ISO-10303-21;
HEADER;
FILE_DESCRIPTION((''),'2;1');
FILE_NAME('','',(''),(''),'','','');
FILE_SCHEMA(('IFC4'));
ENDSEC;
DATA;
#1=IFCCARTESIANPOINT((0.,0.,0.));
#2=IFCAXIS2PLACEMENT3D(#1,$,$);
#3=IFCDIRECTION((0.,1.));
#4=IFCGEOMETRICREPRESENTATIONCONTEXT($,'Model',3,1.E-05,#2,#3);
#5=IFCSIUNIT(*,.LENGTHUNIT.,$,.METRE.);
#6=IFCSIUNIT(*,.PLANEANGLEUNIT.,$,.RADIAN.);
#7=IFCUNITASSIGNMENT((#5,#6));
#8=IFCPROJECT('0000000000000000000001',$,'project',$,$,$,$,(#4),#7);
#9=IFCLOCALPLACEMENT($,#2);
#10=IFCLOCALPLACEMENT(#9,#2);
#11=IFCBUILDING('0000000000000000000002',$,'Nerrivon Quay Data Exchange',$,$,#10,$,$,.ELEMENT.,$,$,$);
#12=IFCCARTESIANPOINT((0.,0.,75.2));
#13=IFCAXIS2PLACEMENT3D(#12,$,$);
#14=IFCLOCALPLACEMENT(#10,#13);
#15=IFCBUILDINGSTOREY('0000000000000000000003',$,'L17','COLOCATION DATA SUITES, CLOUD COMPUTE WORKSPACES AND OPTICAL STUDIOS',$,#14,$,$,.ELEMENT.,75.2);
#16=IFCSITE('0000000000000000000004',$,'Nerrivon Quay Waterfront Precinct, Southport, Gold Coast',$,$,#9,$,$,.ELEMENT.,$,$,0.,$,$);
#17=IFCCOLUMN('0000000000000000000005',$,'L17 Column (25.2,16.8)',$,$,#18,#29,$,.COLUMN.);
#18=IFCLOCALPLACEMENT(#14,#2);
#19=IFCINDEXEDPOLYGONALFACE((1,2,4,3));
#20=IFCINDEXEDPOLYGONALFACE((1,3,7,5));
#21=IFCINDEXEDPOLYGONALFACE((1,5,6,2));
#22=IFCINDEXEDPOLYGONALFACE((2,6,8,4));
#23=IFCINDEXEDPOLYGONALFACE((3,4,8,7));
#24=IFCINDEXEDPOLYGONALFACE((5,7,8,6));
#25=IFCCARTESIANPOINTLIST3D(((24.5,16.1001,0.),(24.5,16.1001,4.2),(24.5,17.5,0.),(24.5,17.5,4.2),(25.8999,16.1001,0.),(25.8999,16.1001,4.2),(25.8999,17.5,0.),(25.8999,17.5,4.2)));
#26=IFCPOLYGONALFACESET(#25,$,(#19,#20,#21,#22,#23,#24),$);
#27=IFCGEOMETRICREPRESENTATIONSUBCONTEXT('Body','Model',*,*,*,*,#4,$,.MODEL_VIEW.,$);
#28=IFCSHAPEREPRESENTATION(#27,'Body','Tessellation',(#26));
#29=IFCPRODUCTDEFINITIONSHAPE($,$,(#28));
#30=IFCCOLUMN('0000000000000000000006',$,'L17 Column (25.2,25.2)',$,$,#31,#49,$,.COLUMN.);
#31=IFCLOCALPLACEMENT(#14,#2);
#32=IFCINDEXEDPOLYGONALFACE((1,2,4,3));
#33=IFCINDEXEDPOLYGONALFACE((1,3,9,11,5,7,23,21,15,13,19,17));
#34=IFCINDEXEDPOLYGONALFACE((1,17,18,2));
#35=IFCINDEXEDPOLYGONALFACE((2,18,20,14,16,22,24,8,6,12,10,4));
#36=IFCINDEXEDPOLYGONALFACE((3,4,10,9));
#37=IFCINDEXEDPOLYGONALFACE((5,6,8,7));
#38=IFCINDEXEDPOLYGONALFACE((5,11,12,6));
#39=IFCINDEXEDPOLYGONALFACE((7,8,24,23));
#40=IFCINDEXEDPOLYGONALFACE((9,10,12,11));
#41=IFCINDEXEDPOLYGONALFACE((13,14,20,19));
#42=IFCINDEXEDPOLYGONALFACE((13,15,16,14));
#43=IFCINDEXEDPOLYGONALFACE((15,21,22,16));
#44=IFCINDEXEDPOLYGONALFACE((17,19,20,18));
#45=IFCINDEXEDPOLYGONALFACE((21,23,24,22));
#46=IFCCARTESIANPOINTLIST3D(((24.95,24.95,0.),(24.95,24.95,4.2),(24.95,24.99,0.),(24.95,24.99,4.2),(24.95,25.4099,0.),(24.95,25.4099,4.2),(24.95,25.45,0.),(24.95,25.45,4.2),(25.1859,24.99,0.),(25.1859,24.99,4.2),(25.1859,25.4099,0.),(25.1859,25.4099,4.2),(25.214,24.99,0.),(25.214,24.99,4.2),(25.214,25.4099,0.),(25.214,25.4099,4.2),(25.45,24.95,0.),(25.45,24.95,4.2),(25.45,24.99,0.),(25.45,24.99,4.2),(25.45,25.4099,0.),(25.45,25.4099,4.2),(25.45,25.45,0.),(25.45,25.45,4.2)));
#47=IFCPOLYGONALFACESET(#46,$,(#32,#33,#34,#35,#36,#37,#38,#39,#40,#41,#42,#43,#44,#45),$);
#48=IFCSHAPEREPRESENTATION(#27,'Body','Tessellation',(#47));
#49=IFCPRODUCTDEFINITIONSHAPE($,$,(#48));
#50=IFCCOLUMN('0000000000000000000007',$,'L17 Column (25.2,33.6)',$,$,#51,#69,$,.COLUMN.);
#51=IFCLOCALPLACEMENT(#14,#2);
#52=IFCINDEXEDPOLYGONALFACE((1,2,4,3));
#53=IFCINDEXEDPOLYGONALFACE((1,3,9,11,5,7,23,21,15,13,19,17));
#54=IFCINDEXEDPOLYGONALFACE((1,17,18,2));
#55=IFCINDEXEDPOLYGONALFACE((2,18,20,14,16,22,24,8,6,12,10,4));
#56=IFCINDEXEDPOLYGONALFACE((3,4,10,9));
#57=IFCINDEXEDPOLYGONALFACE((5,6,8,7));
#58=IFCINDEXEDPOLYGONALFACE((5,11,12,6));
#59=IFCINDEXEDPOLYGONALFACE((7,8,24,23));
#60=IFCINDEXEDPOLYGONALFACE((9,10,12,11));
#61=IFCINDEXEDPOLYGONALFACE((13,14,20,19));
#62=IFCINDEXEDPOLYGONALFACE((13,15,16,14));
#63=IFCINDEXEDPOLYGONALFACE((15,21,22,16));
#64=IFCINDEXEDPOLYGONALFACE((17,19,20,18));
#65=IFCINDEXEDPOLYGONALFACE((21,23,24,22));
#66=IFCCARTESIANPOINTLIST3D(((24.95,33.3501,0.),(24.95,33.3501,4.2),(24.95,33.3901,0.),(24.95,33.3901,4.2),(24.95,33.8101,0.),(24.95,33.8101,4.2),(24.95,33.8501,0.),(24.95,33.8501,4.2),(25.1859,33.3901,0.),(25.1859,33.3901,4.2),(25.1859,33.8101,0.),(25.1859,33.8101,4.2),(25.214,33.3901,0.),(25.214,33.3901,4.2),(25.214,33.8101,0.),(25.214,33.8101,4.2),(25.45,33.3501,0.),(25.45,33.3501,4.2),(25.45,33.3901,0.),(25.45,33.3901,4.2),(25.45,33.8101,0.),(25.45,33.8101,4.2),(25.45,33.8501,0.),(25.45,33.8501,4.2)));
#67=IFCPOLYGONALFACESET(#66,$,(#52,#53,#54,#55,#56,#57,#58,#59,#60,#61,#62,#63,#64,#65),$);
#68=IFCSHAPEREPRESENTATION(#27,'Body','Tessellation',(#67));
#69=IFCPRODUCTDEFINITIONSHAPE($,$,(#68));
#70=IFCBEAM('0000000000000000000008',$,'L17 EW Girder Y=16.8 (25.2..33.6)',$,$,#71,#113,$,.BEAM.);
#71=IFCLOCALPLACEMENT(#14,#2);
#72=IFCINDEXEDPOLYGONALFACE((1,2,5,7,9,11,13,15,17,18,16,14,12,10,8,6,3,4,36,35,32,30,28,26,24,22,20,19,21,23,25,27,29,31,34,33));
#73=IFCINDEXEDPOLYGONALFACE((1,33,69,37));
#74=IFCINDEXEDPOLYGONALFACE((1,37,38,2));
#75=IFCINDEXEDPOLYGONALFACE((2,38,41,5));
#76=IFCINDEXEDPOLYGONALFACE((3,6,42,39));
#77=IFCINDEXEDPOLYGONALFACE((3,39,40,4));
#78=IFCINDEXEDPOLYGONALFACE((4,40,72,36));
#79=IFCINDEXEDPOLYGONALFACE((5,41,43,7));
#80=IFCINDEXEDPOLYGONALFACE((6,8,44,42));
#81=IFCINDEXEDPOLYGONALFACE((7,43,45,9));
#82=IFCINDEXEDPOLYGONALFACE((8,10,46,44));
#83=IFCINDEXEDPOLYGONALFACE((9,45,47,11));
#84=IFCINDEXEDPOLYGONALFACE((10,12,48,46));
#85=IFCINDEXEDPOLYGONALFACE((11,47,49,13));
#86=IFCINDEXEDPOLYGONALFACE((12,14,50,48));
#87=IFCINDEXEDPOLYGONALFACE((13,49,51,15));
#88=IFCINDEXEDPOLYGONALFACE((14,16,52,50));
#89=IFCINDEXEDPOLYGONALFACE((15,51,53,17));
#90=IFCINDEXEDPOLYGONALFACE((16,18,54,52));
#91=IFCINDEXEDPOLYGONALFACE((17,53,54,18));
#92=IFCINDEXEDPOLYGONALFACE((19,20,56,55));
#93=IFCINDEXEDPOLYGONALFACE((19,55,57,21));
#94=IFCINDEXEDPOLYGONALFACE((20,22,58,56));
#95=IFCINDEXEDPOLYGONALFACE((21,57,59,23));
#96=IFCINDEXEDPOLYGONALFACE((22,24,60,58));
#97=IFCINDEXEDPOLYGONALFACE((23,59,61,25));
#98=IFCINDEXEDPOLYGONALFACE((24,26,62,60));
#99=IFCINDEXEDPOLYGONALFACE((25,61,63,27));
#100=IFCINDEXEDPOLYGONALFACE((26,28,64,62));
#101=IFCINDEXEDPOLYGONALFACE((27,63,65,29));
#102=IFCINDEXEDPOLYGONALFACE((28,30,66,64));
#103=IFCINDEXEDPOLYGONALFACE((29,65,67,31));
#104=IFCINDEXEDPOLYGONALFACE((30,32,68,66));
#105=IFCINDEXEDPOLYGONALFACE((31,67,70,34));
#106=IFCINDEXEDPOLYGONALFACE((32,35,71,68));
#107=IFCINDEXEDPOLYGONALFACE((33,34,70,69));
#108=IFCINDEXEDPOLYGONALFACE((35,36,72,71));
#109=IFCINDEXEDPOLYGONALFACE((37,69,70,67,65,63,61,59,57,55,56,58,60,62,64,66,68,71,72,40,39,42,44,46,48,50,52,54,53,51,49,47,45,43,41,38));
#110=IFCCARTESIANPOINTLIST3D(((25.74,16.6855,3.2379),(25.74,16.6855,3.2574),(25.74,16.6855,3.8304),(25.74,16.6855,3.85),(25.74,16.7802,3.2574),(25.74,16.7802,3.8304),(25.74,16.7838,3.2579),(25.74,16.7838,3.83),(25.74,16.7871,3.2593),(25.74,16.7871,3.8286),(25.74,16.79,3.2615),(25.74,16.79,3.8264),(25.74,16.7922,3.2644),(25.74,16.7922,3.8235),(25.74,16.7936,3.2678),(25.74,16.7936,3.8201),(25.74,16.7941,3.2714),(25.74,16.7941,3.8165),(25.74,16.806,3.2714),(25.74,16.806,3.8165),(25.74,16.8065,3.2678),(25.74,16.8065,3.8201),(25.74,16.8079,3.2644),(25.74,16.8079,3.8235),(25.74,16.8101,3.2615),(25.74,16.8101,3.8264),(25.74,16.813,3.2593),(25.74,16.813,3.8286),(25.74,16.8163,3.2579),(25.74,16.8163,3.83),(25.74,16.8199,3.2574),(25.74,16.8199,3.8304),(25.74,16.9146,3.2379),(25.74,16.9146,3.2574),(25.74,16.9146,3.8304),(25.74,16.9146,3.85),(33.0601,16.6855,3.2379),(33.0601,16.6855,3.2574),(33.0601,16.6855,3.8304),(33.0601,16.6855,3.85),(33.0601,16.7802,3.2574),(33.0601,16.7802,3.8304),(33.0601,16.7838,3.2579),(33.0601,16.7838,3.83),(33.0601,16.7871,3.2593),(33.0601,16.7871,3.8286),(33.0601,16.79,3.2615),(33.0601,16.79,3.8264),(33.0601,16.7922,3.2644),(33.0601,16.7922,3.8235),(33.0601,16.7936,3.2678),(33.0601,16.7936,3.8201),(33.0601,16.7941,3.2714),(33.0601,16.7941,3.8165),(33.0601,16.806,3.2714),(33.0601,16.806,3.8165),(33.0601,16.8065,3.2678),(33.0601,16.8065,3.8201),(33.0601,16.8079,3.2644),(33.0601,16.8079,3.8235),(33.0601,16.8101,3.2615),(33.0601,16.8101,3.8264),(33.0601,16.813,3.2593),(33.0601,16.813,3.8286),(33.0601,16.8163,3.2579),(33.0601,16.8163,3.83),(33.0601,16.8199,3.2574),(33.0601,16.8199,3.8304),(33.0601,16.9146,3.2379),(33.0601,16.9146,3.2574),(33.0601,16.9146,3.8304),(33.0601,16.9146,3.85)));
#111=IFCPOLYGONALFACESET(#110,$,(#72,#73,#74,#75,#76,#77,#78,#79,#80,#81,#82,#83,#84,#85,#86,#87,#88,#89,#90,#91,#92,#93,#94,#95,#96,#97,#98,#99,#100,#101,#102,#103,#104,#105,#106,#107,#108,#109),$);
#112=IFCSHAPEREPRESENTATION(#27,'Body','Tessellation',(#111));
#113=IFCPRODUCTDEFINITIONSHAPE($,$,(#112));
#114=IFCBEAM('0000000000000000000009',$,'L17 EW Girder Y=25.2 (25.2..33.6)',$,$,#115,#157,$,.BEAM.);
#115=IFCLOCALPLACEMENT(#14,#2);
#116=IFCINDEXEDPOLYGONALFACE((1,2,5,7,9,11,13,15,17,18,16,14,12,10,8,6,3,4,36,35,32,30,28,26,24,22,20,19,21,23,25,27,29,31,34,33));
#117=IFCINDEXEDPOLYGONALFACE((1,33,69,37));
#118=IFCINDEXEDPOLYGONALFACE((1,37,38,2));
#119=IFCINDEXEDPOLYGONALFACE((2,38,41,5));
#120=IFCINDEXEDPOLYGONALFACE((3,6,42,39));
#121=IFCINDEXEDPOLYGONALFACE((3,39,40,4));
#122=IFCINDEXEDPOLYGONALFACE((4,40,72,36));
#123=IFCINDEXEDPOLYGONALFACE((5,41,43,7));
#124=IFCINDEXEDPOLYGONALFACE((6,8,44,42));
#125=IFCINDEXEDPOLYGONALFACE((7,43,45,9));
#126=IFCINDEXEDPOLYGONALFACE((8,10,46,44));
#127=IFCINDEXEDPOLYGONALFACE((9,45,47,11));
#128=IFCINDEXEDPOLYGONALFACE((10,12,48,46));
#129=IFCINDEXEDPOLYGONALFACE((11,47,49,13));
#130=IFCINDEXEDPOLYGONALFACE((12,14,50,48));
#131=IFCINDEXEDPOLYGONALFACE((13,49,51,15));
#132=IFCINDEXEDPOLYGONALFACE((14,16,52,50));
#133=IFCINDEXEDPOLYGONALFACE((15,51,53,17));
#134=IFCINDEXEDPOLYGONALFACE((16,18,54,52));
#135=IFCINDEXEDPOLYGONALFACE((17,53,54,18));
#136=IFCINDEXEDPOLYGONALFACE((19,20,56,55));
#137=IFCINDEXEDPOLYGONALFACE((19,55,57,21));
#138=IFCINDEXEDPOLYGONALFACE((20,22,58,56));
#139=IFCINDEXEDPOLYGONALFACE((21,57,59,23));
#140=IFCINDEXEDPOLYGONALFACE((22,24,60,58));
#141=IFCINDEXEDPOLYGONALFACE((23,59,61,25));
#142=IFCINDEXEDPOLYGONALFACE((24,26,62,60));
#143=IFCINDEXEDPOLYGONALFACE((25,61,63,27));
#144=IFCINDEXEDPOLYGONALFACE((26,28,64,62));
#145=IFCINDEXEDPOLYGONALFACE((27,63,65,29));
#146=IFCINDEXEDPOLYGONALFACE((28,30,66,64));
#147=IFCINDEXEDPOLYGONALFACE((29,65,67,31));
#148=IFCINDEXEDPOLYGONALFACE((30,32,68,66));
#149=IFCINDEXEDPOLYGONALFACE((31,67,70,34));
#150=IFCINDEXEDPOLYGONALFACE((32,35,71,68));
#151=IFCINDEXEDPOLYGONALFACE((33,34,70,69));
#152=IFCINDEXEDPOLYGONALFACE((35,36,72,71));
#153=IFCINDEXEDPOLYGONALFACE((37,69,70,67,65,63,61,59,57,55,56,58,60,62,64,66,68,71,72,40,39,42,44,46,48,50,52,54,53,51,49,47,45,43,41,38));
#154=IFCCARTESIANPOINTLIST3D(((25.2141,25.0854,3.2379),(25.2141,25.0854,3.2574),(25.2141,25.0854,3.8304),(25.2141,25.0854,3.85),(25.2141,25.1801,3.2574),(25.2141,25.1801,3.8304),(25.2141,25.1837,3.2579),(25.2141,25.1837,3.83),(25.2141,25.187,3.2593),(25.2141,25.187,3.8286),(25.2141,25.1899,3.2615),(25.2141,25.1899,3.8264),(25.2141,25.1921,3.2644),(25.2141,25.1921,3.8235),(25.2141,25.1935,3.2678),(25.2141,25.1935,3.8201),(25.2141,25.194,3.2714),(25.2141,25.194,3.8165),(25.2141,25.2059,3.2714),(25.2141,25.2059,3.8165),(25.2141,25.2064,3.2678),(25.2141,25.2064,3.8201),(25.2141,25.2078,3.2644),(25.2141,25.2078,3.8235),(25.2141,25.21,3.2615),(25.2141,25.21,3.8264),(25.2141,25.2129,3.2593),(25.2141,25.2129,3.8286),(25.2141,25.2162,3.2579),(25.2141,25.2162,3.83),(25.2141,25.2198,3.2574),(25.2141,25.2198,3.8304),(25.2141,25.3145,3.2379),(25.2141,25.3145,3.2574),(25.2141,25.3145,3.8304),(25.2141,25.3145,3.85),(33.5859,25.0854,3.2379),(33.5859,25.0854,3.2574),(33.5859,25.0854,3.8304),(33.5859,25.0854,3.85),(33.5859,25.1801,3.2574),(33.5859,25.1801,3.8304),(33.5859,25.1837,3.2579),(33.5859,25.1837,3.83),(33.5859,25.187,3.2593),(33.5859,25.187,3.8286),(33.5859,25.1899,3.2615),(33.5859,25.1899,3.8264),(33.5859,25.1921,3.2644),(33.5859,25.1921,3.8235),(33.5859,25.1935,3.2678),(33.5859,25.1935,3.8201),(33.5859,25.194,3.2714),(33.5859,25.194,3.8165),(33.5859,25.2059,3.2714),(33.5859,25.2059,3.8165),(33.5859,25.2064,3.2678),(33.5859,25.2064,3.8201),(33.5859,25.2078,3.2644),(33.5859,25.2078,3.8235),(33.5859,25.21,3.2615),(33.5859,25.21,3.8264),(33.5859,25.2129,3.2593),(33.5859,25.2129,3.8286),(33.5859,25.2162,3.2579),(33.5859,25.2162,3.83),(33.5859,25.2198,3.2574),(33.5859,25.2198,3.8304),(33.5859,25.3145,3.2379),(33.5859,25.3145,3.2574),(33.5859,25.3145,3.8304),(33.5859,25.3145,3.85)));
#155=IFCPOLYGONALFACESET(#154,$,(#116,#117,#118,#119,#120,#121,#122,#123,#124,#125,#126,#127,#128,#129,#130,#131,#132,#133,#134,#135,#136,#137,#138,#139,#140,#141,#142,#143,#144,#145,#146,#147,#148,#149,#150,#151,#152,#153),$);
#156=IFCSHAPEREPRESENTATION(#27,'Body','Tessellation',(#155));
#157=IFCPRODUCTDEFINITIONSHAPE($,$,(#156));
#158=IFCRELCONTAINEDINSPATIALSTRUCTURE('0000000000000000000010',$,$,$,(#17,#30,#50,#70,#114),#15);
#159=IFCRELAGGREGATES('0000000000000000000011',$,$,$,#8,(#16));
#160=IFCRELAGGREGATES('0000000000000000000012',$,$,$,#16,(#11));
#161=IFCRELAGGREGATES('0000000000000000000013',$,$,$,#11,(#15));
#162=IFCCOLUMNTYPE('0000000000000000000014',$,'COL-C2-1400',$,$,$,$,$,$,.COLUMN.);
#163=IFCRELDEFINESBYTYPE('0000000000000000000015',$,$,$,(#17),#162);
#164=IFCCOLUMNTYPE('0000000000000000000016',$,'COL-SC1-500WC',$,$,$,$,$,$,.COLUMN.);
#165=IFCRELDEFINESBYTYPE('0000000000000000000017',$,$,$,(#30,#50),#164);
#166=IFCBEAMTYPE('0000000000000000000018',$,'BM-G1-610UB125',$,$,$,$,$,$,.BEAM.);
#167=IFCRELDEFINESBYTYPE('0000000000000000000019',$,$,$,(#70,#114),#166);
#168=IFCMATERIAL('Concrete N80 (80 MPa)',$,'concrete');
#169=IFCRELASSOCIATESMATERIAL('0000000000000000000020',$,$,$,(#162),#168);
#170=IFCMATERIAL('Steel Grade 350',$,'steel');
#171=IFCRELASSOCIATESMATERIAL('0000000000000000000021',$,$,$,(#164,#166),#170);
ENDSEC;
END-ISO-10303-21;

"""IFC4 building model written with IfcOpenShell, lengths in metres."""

from ifc_helpers import new_model, si_unit, direction, frame, origin, origin_2d, place, context, subcontext, project, spatial, rectangle, i_section, extrude, material, material_profile, profile_set, type_object, element, save


model = new_model("IFC4")

# Units and contexts
model_context = context("Model", 3, precision=1e-05, world=origin(), true_north=direction((0.0, 1.0)))
body_context = subcontext(model_context, "Body", "Model", "MODEL_VIEW")
ifc_project = project(units=[si_unit("LENGTHUNIT", "METRE"), si_unit("PLANEANGLEUNIT", "RADIAN")], contexts=[model_context])

# Site, building, storey
site_placement = place(None, origin())
site = spatial("IfcSite", under=ifc_project, at=site_placement, Name="Nerrivon Quay Waterfront Precinct, Southport, Gold Coast", CompositionType="ELEMENT", RefElevation=0.0)
building_placement = place(site_placement, origin())
building = spatial("IfcBuilding", under=site, at=building_placement, Name="Nerrivon Quay Data Exchange", CompositionType="ELEMENT")
storey_placement = place(building_placement, frame((0.0, 0.0, 75.2)))
storey = spatial("IfcBuildingStorey", under=building, at=storey_placement, Name="L17", Description="COLOCATION DATA SUITES, CLOUD COMPUTE WORKSPACES AND OPTICAL STUDIOS", CompositionType="ELEMENT", Elevation=75.2)

# Columns
ifc_material_1 = material(Name="Concrete N80 (80 MPa)", Category="concrete")
ifc_material_profile_1 = material_profile(ifc_material_1, rectangle(XDim=1.3999, YDim=1.3999, at=origin_2d()), Name="RC-COL-1400x1400")
ifc_profile_set_1 = profile_set([ifc_material_profile_1], Name="Concrete N80 (80 MPa)")
column_type_1 = type_object("IfcColumnType", Name="COL-C2-1400", PredefinedType="COLUMN", material=ifc_profile_set_1)
column_placement = place(storey_placement, frame((25.2, 16.8, 0.0), z_axis=(0.0, 0.0, 1.0), x_axis=(1.0, 0.0, 0.0)))
element("IfcColumn", 1, at=column_placement, inside=storey, type_object=column_type_1, Name="L17 Column (25.2,16.8)", PredefinedType="COLUMN", context=body_context, shape_type="SweptSolid", body=[
    extrude(rectangle(XDim=1.3999, YDim=1.3999, at=origin_2d()), origin(), (0.0, 0.0, 1.0), 4.2),
])
ifc_material_2 = material(Name="Steel Grade 350", Category="steel")
ifc_material_profile_2 = material_profile(ifc_material_2, i_section(OverallWidth=0.5, OverallDepth=0.5, WebThickness=0.0281, FlangeThickness=0.04, at=origin_2d()), Name="500WC440")
ifc_profile_set_2 = profile_set([ifc_material_profile_2], Name="Steel Grade 350")
column_type_2 = type_object("IfcColumnType", Name="COL-SC1-500WC", PredefinedType="COLUMN", material=ifc_profile_set_2)
for number, where, z_axis, x_axis, name in (
    (2, (25.2, 25.2, 0.0), (0.0, 0.0, 1.0), (1.0, 0.0, 0.0), "L17 Column (25.2,25.2)"),
    (3, (25.2, 33.6001, 0.0), (0.0, 0.0, 1.0), (1.0, 0.0, 0.0), "L17 Column (25.2,33.6)"),
):
    element("IfcColumn", number, at=place(storey_placement, frame(where, z_axis=z_axis, x_axis=x_axis)), inside=storey, type_object=column_type_2, Name=name, PredefinedType="COLUMN", context=body_context, shape_type="SweptSolid", body=[
        extrude(i_section(OverallWidth=0.5, OverallDepth=0.5, WebThickness=0.0281, FlangeThickness=0.04, at=origin_2d()), origin(), (0.0, 0.0, 1.0), 4.2),
    ])

# Beams
ifc_material_profile_3 = material_profile(ifc_material_2, i_section(OverallWidth=0.229, OverallDepth=0.6121, WebThickness=0.012, FlangeThickness=0.0195, FilletRadius=0.0139, at=origin_2d()), Name="610UB125")
ifc_profile_set_3 = profile_set([ifc_material_profile_3], Name="Steel Grade 350")
beam_type_1 = type_object("IfcBeamType", Name="BM-G1-610UB125", PredefinedType="BEAM", material=ifc_profile_set_3)
beam_1_placement = place(storey_placement, frame((25.74, 16.8, 3.5439), z_axis=(1.0, 0.0, 0.0), x_axis=(0.0, 1.0, 0.0)))
element("IfcBeam", 4, at=beam_1_placement, inside=storey, type_object=beam_type_1, Name="L17 EW Girder Y=16.8 (25.2..33.6)", PredefinedType="BEAM", context=body_context, shape_type="SweptSolid", body=[
    extrude(i_section(OverallWidth=0.229, OverallDepth=0.6121, WebThickness=0.012, FlangeThickness=0.0195, FilletRadius=0.0139, at=origin_2d()), origin(), (0.0, 0.0, 1.0), 7.3201),
])
beam_2_placement = place(storey_placement, frame((25.2141, 25.2, 3.5439), z_axis=(1.0, 0.0, 0.0), x_axis=(0.0, 1.0, 0.0)))
element("IfcBeam", 5, at=beam_2_placement, inside=storey, type_object=beam_type_1, Name="L17 EW Girder Y=25.2 (25.2..33.6)", PredefinedType="BEAM", context=body_context, shape_type="SweptSolid", body=[
    extrude(i_section(OverallWidth=0.229, OverallDepth=0.6121, WebThickness=0.012, FlangeThickness=0.0195, FilletRadius=0.0139, at=origin_2d()), origin(), (0.0, 0.0, 1.0), 8.3718),
])

save(model, "model.ifc")
